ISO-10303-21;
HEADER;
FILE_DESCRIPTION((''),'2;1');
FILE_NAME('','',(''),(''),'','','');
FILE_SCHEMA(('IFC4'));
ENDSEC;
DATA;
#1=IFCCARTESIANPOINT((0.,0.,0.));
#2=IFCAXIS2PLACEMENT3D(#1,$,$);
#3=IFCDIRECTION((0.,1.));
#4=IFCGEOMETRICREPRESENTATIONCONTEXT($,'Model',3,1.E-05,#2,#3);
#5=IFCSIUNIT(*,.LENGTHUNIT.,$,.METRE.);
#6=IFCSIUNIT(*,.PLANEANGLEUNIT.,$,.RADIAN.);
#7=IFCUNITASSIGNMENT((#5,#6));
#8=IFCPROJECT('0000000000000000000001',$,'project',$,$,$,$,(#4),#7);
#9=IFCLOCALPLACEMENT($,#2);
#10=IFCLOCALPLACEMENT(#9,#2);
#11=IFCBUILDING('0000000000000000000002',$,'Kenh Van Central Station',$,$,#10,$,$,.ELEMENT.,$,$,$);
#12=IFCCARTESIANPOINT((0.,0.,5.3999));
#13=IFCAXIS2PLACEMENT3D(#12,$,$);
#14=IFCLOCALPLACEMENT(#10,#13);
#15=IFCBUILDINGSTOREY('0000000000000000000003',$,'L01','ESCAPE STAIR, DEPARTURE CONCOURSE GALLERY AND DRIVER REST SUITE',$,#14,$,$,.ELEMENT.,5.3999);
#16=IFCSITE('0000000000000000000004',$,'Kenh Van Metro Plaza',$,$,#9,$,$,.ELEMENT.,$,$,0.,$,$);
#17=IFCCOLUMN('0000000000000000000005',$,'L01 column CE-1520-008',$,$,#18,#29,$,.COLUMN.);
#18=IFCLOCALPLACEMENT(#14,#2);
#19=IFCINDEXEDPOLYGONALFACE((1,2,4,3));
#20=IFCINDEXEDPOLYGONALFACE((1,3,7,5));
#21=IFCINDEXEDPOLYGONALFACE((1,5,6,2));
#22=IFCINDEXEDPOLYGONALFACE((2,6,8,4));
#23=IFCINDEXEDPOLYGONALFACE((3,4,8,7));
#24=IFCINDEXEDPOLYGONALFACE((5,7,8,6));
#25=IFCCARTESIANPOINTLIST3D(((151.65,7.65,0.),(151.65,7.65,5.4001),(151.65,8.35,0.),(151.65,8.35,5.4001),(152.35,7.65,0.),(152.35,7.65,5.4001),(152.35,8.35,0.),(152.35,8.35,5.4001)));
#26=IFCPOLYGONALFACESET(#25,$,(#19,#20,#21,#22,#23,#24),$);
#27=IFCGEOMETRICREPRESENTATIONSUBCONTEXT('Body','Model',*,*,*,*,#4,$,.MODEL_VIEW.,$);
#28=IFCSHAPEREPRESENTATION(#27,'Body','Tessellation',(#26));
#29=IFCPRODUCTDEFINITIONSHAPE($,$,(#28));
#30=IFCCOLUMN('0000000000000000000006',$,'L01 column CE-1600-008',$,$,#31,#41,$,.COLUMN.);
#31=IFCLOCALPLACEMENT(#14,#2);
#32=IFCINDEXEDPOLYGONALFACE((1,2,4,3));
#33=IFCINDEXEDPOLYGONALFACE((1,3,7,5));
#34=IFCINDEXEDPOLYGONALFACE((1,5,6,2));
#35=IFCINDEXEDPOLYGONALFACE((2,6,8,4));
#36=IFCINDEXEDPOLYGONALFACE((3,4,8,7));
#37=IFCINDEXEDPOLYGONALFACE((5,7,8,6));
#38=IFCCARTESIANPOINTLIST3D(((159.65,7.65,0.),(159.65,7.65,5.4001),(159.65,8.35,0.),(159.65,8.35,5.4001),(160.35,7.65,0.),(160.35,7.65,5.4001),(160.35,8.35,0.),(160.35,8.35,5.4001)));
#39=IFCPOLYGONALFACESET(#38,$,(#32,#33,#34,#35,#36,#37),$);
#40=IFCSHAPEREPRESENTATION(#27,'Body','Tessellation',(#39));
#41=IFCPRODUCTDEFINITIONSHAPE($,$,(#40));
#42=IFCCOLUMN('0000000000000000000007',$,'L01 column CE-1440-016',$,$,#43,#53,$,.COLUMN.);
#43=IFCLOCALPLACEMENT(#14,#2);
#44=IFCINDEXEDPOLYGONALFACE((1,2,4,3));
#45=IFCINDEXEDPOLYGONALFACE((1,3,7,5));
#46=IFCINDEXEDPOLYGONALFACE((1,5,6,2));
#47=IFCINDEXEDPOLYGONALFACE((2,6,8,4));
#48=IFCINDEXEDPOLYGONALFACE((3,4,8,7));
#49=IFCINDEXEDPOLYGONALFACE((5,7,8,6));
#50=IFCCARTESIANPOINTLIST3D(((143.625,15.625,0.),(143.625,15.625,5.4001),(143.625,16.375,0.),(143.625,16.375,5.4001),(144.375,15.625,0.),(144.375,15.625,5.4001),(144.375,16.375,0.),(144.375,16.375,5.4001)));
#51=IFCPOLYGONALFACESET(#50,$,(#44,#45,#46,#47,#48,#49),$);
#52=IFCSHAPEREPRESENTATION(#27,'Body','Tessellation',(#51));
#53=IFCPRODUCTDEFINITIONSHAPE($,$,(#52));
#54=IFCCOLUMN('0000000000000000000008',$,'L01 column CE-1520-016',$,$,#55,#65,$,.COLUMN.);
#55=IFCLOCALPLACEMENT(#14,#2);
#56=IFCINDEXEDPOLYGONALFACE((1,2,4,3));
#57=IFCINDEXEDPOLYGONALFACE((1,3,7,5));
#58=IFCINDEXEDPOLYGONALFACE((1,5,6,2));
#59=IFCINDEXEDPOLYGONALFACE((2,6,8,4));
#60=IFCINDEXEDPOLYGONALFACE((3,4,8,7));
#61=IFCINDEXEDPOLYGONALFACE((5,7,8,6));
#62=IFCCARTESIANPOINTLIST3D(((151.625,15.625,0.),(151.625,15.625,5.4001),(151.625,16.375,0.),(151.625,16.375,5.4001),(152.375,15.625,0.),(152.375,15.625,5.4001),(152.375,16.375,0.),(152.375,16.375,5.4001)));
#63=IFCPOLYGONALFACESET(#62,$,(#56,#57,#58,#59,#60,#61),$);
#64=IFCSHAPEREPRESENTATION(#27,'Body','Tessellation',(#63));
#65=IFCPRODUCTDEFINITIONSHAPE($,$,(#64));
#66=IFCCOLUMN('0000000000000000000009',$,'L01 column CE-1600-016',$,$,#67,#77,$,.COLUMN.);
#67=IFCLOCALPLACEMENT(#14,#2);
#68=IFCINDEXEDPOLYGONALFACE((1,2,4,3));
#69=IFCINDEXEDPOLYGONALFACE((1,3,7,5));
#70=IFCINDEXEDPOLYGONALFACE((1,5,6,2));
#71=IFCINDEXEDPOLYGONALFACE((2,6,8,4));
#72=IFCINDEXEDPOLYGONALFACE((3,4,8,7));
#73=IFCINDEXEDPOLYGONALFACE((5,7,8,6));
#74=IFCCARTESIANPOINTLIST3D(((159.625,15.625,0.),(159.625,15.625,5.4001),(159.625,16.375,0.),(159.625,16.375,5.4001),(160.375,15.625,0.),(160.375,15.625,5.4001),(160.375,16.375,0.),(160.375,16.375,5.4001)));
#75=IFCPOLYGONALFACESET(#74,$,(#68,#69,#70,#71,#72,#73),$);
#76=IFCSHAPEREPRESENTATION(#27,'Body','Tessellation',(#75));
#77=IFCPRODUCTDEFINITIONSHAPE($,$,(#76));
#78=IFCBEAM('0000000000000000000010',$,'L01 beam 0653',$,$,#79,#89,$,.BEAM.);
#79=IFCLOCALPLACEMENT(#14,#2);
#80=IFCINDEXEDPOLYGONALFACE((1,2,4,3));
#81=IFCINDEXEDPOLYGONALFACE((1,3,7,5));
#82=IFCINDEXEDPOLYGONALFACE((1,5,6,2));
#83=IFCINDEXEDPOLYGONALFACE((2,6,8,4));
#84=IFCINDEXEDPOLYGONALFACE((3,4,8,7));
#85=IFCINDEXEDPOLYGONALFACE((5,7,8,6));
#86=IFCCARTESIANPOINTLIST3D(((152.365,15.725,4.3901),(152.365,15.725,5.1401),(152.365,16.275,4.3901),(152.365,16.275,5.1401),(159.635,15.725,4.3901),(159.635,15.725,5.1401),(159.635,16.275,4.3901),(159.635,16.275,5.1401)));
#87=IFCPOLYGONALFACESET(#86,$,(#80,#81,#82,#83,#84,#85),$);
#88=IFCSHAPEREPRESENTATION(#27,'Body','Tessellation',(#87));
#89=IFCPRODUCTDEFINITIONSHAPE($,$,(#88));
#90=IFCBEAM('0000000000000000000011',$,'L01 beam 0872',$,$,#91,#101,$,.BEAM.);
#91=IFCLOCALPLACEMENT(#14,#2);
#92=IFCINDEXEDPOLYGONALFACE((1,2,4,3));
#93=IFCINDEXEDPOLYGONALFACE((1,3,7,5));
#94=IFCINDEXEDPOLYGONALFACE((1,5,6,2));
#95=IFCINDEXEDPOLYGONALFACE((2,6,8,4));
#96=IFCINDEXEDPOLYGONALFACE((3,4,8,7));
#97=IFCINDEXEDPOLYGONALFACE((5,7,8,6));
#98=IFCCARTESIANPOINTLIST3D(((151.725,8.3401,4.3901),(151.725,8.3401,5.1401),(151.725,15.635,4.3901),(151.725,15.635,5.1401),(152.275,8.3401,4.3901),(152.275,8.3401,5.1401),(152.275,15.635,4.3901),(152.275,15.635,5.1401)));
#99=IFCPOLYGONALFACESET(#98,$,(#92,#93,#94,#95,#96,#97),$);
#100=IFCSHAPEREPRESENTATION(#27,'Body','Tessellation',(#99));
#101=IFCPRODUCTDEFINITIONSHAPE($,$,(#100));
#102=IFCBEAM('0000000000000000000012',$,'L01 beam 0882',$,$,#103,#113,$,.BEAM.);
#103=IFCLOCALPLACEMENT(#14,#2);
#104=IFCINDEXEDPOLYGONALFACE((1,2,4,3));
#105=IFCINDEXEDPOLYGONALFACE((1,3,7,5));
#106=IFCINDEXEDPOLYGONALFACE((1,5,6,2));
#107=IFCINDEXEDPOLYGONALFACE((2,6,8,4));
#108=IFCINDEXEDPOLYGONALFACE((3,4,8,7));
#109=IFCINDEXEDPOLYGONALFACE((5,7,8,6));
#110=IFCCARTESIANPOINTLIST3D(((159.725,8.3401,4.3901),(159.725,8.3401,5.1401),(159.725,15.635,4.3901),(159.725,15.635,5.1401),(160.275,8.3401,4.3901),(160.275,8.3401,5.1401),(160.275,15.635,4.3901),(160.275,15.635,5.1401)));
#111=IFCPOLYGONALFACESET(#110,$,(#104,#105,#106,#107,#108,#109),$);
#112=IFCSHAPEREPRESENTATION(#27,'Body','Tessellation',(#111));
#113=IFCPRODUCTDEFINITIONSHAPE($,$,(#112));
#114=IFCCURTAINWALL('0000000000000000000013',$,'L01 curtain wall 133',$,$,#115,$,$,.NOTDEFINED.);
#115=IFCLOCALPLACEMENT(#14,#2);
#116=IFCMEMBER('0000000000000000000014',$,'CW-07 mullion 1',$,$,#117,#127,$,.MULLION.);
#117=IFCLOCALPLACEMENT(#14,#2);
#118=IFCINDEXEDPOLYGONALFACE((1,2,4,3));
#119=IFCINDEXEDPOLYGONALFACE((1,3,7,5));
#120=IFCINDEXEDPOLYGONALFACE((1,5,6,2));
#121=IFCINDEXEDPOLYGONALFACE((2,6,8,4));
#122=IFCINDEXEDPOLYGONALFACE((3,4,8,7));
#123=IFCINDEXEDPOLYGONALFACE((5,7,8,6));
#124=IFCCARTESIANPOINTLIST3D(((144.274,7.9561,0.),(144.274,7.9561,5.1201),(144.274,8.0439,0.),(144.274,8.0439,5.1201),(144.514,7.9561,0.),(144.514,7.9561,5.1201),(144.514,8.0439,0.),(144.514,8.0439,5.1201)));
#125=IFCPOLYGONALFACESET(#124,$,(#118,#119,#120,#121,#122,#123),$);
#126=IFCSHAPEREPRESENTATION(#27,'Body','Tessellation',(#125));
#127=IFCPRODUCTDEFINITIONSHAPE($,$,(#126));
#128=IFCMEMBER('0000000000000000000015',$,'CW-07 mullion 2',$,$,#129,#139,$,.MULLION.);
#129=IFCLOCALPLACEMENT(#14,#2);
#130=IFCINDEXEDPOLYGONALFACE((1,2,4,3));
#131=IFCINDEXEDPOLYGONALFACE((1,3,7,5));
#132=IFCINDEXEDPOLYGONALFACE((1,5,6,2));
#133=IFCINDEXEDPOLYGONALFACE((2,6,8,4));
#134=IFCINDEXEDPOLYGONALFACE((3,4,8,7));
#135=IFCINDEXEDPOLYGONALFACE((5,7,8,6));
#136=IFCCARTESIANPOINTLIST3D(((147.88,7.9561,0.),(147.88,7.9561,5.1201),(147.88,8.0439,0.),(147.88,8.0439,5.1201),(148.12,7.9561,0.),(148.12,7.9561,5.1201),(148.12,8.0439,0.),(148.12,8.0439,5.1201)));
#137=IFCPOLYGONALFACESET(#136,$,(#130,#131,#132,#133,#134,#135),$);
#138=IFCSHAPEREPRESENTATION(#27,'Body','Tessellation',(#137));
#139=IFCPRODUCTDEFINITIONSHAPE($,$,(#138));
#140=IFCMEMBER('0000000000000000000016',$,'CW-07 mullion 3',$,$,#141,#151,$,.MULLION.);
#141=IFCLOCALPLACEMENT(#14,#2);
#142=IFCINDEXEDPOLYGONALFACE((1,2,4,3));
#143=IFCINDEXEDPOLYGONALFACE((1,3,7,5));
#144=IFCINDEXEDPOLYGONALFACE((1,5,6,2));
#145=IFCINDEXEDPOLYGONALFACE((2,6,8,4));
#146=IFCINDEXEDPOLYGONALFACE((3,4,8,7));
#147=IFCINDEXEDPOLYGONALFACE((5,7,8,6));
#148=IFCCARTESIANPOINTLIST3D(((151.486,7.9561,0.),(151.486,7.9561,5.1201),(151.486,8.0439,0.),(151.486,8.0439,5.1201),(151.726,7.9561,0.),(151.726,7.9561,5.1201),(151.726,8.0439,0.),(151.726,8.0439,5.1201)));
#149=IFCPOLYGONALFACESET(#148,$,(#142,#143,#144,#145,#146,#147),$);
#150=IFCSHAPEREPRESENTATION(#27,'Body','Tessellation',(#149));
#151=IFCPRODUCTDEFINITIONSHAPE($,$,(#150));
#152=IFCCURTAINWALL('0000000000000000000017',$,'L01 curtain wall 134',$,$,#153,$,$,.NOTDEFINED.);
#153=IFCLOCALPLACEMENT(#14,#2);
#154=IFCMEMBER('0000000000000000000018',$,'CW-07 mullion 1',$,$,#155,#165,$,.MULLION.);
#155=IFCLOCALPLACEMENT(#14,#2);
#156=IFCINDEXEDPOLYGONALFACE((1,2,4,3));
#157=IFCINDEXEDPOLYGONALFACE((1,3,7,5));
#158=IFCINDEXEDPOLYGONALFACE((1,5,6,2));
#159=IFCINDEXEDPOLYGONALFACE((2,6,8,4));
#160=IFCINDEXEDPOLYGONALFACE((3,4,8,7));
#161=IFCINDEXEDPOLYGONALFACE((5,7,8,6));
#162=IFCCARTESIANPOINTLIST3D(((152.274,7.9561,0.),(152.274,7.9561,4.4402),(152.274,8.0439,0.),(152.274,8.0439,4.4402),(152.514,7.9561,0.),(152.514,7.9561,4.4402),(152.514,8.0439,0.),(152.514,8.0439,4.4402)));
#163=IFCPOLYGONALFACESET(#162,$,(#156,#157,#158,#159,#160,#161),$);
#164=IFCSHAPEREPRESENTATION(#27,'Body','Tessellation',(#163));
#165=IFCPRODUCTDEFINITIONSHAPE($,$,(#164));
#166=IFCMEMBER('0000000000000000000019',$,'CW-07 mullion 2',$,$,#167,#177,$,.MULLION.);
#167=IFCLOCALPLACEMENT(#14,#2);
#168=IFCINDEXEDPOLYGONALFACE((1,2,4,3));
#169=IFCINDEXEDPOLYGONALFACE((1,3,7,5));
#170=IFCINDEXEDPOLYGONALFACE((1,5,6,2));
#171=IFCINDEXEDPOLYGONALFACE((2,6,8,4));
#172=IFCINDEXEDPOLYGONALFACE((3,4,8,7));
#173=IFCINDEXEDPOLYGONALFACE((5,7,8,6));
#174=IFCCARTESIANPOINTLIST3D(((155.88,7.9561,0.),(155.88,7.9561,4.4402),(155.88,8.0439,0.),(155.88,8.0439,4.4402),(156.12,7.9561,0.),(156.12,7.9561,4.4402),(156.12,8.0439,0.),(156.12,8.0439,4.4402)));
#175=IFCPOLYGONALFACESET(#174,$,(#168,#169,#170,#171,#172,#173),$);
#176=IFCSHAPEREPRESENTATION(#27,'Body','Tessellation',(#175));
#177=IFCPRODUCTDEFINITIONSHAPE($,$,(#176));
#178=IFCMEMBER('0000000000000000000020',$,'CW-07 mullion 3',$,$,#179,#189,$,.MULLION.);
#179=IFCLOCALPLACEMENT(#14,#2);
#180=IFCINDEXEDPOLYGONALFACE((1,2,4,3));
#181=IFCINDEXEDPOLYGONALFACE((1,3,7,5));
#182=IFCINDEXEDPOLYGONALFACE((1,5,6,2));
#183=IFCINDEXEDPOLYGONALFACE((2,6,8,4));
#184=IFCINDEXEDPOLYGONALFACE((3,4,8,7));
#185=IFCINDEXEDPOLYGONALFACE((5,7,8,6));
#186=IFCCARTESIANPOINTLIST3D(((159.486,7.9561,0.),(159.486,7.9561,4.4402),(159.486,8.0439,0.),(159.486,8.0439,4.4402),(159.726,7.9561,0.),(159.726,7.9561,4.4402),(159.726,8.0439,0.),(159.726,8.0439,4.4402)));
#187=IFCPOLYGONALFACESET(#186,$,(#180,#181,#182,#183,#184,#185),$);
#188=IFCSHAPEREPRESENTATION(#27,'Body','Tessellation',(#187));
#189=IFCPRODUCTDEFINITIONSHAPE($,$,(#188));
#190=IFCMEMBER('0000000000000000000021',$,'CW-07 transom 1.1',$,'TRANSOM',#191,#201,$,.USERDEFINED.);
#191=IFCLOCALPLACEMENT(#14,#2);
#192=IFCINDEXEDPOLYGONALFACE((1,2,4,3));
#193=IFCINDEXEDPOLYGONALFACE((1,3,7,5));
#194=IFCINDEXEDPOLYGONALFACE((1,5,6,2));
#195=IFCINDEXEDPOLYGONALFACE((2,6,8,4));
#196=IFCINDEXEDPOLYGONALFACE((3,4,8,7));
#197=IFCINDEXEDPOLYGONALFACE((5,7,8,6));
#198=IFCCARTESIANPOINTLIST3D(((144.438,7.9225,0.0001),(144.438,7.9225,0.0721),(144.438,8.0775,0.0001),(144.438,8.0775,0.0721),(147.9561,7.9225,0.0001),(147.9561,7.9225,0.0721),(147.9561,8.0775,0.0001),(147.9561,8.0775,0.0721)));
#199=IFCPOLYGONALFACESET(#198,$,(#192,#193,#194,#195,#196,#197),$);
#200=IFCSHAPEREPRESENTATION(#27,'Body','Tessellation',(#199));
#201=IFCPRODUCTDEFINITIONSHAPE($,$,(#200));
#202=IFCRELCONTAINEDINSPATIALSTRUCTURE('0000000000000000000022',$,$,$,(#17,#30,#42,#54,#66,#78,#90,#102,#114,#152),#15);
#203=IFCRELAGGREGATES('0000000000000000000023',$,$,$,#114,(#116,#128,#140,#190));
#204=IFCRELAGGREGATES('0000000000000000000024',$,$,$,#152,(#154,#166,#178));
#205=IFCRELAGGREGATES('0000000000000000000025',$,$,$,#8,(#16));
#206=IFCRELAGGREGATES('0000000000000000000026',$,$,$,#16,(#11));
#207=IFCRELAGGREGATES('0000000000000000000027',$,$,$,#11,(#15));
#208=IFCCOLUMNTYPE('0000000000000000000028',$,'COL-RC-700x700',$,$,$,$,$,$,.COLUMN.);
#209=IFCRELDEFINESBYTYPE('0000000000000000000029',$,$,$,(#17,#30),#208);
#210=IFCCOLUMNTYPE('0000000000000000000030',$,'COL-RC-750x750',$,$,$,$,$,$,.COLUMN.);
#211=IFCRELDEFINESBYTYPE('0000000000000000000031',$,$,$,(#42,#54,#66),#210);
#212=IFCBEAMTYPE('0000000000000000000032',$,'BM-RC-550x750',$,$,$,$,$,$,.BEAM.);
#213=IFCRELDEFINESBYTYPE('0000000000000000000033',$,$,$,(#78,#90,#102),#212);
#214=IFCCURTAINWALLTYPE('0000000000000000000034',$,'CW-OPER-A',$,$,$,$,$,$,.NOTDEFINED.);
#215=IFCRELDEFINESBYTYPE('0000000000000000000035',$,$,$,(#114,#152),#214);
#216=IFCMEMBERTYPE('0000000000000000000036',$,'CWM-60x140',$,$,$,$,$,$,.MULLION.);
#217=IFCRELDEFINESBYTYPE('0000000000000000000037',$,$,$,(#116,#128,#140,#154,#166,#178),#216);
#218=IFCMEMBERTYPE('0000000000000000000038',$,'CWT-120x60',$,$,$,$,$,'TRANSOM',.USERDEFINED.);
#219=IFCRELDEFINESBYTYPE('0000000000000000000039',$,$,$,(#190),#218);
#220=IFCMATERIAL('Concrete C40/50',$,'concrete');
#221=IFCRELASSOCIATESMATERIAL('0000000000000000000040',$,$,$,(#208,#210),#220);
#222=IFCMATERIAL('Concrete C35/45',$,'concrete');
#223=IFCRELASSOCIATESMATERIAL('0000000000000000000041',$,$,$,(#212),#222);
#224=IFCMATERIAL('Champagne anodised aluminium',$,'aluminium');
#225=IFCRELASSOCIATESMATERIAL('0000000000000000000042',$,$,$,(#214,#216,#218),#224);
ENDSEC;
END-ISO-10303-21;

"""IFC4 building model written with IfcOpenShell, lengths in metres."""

from ifc_helpers import new_model, si_unit, direction, frame, origin, origin_2d, place, context, subcontext, project, spatial, rectangle, extrude, material, material_profile, profile_set, type_object, element, aggregate, save


model = new_model("IFC4")

# Units and contexts
model_context = context("Model", 3, precision=1e-05, world=origin(), true_north=direction((0.0, 1.0)))
body_context = subcontext(model_context, "Body", "Model", "MODEL_VIEW")
ifc_project = project(units=[si_unit("LENGTHUNIT", "METRE"), si_unit("PLANEANGLEUNIT", "RADIAN")], contexts=[model_context])

# Site, building, storey
site_placement = place(None, origin())
site = spatial("IfcSite", under=ifc_project, at=site_placement, Name="Kenh Van Metro Plaza", CompositionType="ELEMENT", RefElevation=0.0)
building_placement = place(site_placement, origin())
building = spatial("IfcBuilding", under=site, at=building_placement, Name="Kenh Van Central Station", CompositionType="ELEMENT")
storey_placement = place(building_placement, frame((0.0, 0.0, 5.3999)))
storey = spatial("IfcBuildingStorey", under=building, at=storey_placement, Name="L01", Description="ESCAPE STAIR, DEPARTURE CONCOURSE GALLERY AND DRIVER REST SUITE", CompositionType="ELEMENT", Elevation=5.3999)

# Columns
ifc_material_1 = material(Name="Concrete C40/50", Category="concrete")
ifc_material_profile_1 = material_profile(ifc_material_1, rectangle(XDim=0.7, YDim=0.7, at=origin_2d()), Name="RC 700x700")
ifc_profile_set_1 = profile_set([ifc_material_profile_1], Name="Concrete C40/50")
column_type_1 = type_object("IfcColumnType", Name="COL-RC-700x700", PredefinedType="COLUMN", material=ifc_profile_set_1)
for number, where, z_axis, x_axis, name in (
    (1, (152.0, 8.0, 0.0), (0.0, 0.0, 1.0), (1.0, 0.0, 0.0), "L01 column CE-1520-008"),
    (2, (160.0, 8.0, 0.0), (0.0, 0.0, 1.0), (1.0, 0.0, 0.0), "L01 column CE-1600-008"),
):
    element("IfcColumn", number, at=place(storey_placement, frame(where, z_axis=z_axis, x_axis=x_axis)), inside=storey, type_object=column_type_1, Name=name, PredefinedType="COLUMN", context=body_context, shape_type="SweptSolid", body=[
        extrude(rectangle(XDim=0.7, YDim=0.7, at=origin_2d()), origin(), (0.0, 0.0, 1.0), 5.4001),
    ])
ifc_material_profile_2 = material_profile(ifc_material_1, rectangle(XDim=0.75, YDim=0.75, at=origin_2d()), Name="RC 750x750")
ifc_profile_set_2 = profile_set([ifc_material_profile_2], Name="Concrete C40/50")
column_type_2 = type_object("IfcColumnType", Name="COL-RC-750x750", PredefinedType="COLUMN", material=ifc_profile_set_2)
for number, where, z_axis, x_axis, name in (
    (3, (144.0, 16.0, 0.0), (0.0, 0.0, 1.0), (1.0, 0.0, 0.0), "L01 column CE-1440-016"),
    (4, (152.0, 16.0, 0.0), (0.0, 0.0, 1.0), (1.0, 0.0, 0.0), "L01 column CE-1520-016"),
    (5, (160.0, 16.0, 0.0), (0.0, 0.0, 1.0), (1.0, 0.0, 0.0), "L01 column CE-1600-016"),
):
    element("IfcColumn", number, at=place(storey_placement, frame(where, z_axis=z_axis, x_axis=x_axis)), inside=storey, type_object=column_type_2, Name=name, PredefinedType="COLUMN", context=body_context, shape_type="SweptSolid", body=[
        extrude(rectangle(XDim=0.75, YDim=0.75, at=origin_2d()), origin(), (0.0, 0.0, 1.0), 5.4001),
    ])

# Beams
ifc_material_2 = material(Name="Concrete C35/45", Category="concrete")
ifc_material_profile_3 = material_profile(ifc_material_2, rectangle(XDim=0.55, YDim=0.75, at=origin_2d()), Name="RC 550x750")
ifc_profile_set_3 = profile_set([ifc_material_profile_3], Name="Concrete C35/45")
beam_type_1 = type_object("IfcBeamType", Name="BM-RC-550x750", PredefinedType="BEAM", material=ifc_profile_set_3)
beam_1_placement = place(storey_placement, frame((152.365, 16.0, 4.7651), z_axis=(1.0, 0.0, 0.0), x_axis=(0.0, 1.0, 0.0)))
element("IfcBeam", 6, at=beam_1_placement, inside=storey, type_object=beam_type_1, Name="L01 beam 0653", PredefinedType="BEAM", context=body_context, shape_type="SweptSolid", body=[
    extrude(rectangle(XDim=0.55, YDim=0.75, at=origin_2d()), origin(), (0.0, 0.0, 1.0), 7.27),
])
for number, where, z_axis, x_axis, name in (
    (7, (152.0, 8.3401, 4.7651), (0.0, 1.0, 0.0), (-1.0, 0.0, 0.0), "L01 beam 0872"),
    (8, (160.0, 8.3401, 4.7651), (0.0, 1.0, 0.0), (-1.0, 0.0, 0.0), "L01 beam 0882"),
):
    element("IfcBeam", number, at=place(storey_placement, frame(where, z_axis=z_axis, x_axis=x_axis)), inside=storey, type_object=beam_type_1, Name=name, PredefinedType="BEAM", context=body_context, shape_type="SweptSolid", body=[
        extrude(rectangle(XDim=0.55, YDim=0.75, at=origin_2d()), origin(), (0.0, 0.0, 1.0), 7.2949),
    ])

# Curtain walls, members
ifc_material_3 = material(Name="Champagne anodised aluminium", Category="aluminium")
curtain_wall_type = type_object("IfcCurtainWallType", Name="CW-OPER-A", PredefinedType="NOTDEFINED", material=ifc_material_3)
curtain_wall_1_placement = place(storey_placement, origin())
curtain_wall_1 = element("IfcCurtainWall", 9, at=curtain_wall_1_placement, inside=storey, type_object=curtain_wall_type, Name="L01 curtain wall 133", PredefinedType="NOTDEFINED")
ifc_material_profile_4 = material_profile(ifc_material_3, rectangle(XDim=0.0879, YDim=0.24, at=origin_2d()), Name="AL 88x240")
ifc_profile_set_4 = profile_set([ifc_material_profile_4], Name="Champagne anodised aluminium")
member_type_1 = type_object("IfcMemberType", Name="CWM-60x140", PredefinedType="MULLION", material=ifc_profile_set_4)
member_1_placement = place(storey_placement, frame((144.394, 8.0, 0.0), z_axis=(0.0, 0.0, 1.0), x_axis=(0.0, 1.0, 0.0)))
member_1 = element("IfcMember", 10, at=member_1_placement, type_object=member_type_1, Name="CW-07 mullion 1", PredefinedType="MULLION", context=body_context, shape_type="SweptSolid", body=[
    extrude(rectangle(XDim=0.0879, YDim=0.24, at=origin_2d()), origin(), (0.0, 0.0, 1.0), 5.1201),
])
member_2_placement = place(storey_placement, frame((148.0, 8.0, 0.0), z_axis=(0.0, 0.0, 1.0), x_axis=(0.0, 1.0, 0.0)))
member_2 = element("IfcMember", 11, at=member_2_placement, type_object=member_type_1, Name="CW-07 mullion 2", PredefinedType="MULLION", context=body_context, shape_type="SweptSolid", body=[
    extrude(rectangle(XDim=0.0879, YDim=0.24, at=origin_2d()), origin(), (0.0, 0.0, 1.0), 5.1201),
])
member_3_placement = place(storey_placement, frame((151.606, 8.0, 0.0), z_axis=(0.0, 0.0, 1.0), x_axis=(0.0, 1.0, 0.0)))
member_3 = element("IfcMember", 12, at=member_3_placement, type_object=member_type_1, Name="CW-07 mullion 3", PredefinedType="MULLION", context=body_context, shape_type="SweptSolid", body=[
    extrude(rectangle(XDim=0.0879, YDim=0.24, at=origin_2d()), origin(), (0.0, 0.0, 1.0), 5.1201),
])
curtain_wall_2_placement = place(storey_placement, origin())
curtain_wall_2 = element("IfcCurtainWall", 13, at=curtain_wall_2_placement, inside=storey, type_object=curtain_wall_type, Name="L01 curtain wall 134", PredefinedType="NOTDEFINED")
member_4_placement = place(storey_placement, frame((152.394, 8.0, 0.0), z_axis=(0.0, 0.0, 1.0), x_axis=(0.0, 1.0, 0.0)))
member_4 = element("IfcMember", 14, at=member_4_placement, type_object=member_type_1, Name="CW-07 mullion 1", PredefinedType="MULLION", context=body_context, shape_type="SweptSolid", body=[
    extrude(rectangle(XDim=0.0879, YDim=0.24, at=origin_2d()), origin(), (0.0, 0.0, 1.0), 4.4402),
])
member_5_placement = place(storey_placement, frame((156.0, 8.0, 0.0), z_axis=(0.0, 0.0, 1.0), x_axis=(0.0, 1.0, 0.0)))
member_5 = element("IfcMember", 15, at=member_5_placement, type_object=member_type_1, Name="CW-07 mullion 2", PredefinedType="MULLION", context=body_context, shape_type="SweptSolid", body=[
    extrude(rectangle(XDim=0.0879, YDim=0.24, at=origin_2d()), origin(), (0.0, 0.0, 1.0), 4.4402),
])
member_6_placement = place(storey_placement, frame((159.606, 8.0, 0.0), z_axis=(0.0, 0.0, 1.0), x_axis=(0.0, 1.0, 0.0)))
member_6 = element("IfcMember", 16, at=member_6_placement, type_object=member_type_1, Name="CW-07 mullion 3", PredefinedType="MULLION", context=body_context, shape_type="SweptSolid", body=[
    extrude(rectangle(XDim=0.0879, YDim=0.24, at=origin_2d()), origin(), (0.0, 0.0, 1.0), 4.4402),
])

# Member
ifc_material_profile_5 = material_profile(ifc_material_3, rectangle(XDim=0.155, YDim=0.072, at=origin_2d()), Name="AL 155x72")
ifc_profile_set_5 = profile_set([ifc_material_profile_5], Name="Champagne anodised aluminium")
member_type_2 = type_object("IfcMemberType", Name="CWT-120x60", ElementType="TRANSOM", PredefinedType="USERDEFINED", material=ifc_profile_set_5)
member_7_placement = place(storey_placement, frame((144.438, 8.0, 0.0361), z_axis=(1.0, 0.0, 0.0), x_axis=(0.0, 1.0, 0.0)))
member_7 = element("IfcMember", 17, at=member_7_placement, type_object=member_type_2, Name="CW-07 transom 1.1", ObjectType="TRANSOM", PredefinedType="USERDEFINED", context=body_context, shape_type="SweptSolid", body=[
    extrude(rectangle(XDim=0.155, YDim=0.072, at=origin_2d()), origin(), (0.0, 0.0, 1.0), 3.5181),
])

aggregate(curtain_wall_1, [member_1, member_2, member_3, member_7])
aggregate(curtain_wall_2, [member_4, member_5, member_6])

save(model, "model.ifc")
